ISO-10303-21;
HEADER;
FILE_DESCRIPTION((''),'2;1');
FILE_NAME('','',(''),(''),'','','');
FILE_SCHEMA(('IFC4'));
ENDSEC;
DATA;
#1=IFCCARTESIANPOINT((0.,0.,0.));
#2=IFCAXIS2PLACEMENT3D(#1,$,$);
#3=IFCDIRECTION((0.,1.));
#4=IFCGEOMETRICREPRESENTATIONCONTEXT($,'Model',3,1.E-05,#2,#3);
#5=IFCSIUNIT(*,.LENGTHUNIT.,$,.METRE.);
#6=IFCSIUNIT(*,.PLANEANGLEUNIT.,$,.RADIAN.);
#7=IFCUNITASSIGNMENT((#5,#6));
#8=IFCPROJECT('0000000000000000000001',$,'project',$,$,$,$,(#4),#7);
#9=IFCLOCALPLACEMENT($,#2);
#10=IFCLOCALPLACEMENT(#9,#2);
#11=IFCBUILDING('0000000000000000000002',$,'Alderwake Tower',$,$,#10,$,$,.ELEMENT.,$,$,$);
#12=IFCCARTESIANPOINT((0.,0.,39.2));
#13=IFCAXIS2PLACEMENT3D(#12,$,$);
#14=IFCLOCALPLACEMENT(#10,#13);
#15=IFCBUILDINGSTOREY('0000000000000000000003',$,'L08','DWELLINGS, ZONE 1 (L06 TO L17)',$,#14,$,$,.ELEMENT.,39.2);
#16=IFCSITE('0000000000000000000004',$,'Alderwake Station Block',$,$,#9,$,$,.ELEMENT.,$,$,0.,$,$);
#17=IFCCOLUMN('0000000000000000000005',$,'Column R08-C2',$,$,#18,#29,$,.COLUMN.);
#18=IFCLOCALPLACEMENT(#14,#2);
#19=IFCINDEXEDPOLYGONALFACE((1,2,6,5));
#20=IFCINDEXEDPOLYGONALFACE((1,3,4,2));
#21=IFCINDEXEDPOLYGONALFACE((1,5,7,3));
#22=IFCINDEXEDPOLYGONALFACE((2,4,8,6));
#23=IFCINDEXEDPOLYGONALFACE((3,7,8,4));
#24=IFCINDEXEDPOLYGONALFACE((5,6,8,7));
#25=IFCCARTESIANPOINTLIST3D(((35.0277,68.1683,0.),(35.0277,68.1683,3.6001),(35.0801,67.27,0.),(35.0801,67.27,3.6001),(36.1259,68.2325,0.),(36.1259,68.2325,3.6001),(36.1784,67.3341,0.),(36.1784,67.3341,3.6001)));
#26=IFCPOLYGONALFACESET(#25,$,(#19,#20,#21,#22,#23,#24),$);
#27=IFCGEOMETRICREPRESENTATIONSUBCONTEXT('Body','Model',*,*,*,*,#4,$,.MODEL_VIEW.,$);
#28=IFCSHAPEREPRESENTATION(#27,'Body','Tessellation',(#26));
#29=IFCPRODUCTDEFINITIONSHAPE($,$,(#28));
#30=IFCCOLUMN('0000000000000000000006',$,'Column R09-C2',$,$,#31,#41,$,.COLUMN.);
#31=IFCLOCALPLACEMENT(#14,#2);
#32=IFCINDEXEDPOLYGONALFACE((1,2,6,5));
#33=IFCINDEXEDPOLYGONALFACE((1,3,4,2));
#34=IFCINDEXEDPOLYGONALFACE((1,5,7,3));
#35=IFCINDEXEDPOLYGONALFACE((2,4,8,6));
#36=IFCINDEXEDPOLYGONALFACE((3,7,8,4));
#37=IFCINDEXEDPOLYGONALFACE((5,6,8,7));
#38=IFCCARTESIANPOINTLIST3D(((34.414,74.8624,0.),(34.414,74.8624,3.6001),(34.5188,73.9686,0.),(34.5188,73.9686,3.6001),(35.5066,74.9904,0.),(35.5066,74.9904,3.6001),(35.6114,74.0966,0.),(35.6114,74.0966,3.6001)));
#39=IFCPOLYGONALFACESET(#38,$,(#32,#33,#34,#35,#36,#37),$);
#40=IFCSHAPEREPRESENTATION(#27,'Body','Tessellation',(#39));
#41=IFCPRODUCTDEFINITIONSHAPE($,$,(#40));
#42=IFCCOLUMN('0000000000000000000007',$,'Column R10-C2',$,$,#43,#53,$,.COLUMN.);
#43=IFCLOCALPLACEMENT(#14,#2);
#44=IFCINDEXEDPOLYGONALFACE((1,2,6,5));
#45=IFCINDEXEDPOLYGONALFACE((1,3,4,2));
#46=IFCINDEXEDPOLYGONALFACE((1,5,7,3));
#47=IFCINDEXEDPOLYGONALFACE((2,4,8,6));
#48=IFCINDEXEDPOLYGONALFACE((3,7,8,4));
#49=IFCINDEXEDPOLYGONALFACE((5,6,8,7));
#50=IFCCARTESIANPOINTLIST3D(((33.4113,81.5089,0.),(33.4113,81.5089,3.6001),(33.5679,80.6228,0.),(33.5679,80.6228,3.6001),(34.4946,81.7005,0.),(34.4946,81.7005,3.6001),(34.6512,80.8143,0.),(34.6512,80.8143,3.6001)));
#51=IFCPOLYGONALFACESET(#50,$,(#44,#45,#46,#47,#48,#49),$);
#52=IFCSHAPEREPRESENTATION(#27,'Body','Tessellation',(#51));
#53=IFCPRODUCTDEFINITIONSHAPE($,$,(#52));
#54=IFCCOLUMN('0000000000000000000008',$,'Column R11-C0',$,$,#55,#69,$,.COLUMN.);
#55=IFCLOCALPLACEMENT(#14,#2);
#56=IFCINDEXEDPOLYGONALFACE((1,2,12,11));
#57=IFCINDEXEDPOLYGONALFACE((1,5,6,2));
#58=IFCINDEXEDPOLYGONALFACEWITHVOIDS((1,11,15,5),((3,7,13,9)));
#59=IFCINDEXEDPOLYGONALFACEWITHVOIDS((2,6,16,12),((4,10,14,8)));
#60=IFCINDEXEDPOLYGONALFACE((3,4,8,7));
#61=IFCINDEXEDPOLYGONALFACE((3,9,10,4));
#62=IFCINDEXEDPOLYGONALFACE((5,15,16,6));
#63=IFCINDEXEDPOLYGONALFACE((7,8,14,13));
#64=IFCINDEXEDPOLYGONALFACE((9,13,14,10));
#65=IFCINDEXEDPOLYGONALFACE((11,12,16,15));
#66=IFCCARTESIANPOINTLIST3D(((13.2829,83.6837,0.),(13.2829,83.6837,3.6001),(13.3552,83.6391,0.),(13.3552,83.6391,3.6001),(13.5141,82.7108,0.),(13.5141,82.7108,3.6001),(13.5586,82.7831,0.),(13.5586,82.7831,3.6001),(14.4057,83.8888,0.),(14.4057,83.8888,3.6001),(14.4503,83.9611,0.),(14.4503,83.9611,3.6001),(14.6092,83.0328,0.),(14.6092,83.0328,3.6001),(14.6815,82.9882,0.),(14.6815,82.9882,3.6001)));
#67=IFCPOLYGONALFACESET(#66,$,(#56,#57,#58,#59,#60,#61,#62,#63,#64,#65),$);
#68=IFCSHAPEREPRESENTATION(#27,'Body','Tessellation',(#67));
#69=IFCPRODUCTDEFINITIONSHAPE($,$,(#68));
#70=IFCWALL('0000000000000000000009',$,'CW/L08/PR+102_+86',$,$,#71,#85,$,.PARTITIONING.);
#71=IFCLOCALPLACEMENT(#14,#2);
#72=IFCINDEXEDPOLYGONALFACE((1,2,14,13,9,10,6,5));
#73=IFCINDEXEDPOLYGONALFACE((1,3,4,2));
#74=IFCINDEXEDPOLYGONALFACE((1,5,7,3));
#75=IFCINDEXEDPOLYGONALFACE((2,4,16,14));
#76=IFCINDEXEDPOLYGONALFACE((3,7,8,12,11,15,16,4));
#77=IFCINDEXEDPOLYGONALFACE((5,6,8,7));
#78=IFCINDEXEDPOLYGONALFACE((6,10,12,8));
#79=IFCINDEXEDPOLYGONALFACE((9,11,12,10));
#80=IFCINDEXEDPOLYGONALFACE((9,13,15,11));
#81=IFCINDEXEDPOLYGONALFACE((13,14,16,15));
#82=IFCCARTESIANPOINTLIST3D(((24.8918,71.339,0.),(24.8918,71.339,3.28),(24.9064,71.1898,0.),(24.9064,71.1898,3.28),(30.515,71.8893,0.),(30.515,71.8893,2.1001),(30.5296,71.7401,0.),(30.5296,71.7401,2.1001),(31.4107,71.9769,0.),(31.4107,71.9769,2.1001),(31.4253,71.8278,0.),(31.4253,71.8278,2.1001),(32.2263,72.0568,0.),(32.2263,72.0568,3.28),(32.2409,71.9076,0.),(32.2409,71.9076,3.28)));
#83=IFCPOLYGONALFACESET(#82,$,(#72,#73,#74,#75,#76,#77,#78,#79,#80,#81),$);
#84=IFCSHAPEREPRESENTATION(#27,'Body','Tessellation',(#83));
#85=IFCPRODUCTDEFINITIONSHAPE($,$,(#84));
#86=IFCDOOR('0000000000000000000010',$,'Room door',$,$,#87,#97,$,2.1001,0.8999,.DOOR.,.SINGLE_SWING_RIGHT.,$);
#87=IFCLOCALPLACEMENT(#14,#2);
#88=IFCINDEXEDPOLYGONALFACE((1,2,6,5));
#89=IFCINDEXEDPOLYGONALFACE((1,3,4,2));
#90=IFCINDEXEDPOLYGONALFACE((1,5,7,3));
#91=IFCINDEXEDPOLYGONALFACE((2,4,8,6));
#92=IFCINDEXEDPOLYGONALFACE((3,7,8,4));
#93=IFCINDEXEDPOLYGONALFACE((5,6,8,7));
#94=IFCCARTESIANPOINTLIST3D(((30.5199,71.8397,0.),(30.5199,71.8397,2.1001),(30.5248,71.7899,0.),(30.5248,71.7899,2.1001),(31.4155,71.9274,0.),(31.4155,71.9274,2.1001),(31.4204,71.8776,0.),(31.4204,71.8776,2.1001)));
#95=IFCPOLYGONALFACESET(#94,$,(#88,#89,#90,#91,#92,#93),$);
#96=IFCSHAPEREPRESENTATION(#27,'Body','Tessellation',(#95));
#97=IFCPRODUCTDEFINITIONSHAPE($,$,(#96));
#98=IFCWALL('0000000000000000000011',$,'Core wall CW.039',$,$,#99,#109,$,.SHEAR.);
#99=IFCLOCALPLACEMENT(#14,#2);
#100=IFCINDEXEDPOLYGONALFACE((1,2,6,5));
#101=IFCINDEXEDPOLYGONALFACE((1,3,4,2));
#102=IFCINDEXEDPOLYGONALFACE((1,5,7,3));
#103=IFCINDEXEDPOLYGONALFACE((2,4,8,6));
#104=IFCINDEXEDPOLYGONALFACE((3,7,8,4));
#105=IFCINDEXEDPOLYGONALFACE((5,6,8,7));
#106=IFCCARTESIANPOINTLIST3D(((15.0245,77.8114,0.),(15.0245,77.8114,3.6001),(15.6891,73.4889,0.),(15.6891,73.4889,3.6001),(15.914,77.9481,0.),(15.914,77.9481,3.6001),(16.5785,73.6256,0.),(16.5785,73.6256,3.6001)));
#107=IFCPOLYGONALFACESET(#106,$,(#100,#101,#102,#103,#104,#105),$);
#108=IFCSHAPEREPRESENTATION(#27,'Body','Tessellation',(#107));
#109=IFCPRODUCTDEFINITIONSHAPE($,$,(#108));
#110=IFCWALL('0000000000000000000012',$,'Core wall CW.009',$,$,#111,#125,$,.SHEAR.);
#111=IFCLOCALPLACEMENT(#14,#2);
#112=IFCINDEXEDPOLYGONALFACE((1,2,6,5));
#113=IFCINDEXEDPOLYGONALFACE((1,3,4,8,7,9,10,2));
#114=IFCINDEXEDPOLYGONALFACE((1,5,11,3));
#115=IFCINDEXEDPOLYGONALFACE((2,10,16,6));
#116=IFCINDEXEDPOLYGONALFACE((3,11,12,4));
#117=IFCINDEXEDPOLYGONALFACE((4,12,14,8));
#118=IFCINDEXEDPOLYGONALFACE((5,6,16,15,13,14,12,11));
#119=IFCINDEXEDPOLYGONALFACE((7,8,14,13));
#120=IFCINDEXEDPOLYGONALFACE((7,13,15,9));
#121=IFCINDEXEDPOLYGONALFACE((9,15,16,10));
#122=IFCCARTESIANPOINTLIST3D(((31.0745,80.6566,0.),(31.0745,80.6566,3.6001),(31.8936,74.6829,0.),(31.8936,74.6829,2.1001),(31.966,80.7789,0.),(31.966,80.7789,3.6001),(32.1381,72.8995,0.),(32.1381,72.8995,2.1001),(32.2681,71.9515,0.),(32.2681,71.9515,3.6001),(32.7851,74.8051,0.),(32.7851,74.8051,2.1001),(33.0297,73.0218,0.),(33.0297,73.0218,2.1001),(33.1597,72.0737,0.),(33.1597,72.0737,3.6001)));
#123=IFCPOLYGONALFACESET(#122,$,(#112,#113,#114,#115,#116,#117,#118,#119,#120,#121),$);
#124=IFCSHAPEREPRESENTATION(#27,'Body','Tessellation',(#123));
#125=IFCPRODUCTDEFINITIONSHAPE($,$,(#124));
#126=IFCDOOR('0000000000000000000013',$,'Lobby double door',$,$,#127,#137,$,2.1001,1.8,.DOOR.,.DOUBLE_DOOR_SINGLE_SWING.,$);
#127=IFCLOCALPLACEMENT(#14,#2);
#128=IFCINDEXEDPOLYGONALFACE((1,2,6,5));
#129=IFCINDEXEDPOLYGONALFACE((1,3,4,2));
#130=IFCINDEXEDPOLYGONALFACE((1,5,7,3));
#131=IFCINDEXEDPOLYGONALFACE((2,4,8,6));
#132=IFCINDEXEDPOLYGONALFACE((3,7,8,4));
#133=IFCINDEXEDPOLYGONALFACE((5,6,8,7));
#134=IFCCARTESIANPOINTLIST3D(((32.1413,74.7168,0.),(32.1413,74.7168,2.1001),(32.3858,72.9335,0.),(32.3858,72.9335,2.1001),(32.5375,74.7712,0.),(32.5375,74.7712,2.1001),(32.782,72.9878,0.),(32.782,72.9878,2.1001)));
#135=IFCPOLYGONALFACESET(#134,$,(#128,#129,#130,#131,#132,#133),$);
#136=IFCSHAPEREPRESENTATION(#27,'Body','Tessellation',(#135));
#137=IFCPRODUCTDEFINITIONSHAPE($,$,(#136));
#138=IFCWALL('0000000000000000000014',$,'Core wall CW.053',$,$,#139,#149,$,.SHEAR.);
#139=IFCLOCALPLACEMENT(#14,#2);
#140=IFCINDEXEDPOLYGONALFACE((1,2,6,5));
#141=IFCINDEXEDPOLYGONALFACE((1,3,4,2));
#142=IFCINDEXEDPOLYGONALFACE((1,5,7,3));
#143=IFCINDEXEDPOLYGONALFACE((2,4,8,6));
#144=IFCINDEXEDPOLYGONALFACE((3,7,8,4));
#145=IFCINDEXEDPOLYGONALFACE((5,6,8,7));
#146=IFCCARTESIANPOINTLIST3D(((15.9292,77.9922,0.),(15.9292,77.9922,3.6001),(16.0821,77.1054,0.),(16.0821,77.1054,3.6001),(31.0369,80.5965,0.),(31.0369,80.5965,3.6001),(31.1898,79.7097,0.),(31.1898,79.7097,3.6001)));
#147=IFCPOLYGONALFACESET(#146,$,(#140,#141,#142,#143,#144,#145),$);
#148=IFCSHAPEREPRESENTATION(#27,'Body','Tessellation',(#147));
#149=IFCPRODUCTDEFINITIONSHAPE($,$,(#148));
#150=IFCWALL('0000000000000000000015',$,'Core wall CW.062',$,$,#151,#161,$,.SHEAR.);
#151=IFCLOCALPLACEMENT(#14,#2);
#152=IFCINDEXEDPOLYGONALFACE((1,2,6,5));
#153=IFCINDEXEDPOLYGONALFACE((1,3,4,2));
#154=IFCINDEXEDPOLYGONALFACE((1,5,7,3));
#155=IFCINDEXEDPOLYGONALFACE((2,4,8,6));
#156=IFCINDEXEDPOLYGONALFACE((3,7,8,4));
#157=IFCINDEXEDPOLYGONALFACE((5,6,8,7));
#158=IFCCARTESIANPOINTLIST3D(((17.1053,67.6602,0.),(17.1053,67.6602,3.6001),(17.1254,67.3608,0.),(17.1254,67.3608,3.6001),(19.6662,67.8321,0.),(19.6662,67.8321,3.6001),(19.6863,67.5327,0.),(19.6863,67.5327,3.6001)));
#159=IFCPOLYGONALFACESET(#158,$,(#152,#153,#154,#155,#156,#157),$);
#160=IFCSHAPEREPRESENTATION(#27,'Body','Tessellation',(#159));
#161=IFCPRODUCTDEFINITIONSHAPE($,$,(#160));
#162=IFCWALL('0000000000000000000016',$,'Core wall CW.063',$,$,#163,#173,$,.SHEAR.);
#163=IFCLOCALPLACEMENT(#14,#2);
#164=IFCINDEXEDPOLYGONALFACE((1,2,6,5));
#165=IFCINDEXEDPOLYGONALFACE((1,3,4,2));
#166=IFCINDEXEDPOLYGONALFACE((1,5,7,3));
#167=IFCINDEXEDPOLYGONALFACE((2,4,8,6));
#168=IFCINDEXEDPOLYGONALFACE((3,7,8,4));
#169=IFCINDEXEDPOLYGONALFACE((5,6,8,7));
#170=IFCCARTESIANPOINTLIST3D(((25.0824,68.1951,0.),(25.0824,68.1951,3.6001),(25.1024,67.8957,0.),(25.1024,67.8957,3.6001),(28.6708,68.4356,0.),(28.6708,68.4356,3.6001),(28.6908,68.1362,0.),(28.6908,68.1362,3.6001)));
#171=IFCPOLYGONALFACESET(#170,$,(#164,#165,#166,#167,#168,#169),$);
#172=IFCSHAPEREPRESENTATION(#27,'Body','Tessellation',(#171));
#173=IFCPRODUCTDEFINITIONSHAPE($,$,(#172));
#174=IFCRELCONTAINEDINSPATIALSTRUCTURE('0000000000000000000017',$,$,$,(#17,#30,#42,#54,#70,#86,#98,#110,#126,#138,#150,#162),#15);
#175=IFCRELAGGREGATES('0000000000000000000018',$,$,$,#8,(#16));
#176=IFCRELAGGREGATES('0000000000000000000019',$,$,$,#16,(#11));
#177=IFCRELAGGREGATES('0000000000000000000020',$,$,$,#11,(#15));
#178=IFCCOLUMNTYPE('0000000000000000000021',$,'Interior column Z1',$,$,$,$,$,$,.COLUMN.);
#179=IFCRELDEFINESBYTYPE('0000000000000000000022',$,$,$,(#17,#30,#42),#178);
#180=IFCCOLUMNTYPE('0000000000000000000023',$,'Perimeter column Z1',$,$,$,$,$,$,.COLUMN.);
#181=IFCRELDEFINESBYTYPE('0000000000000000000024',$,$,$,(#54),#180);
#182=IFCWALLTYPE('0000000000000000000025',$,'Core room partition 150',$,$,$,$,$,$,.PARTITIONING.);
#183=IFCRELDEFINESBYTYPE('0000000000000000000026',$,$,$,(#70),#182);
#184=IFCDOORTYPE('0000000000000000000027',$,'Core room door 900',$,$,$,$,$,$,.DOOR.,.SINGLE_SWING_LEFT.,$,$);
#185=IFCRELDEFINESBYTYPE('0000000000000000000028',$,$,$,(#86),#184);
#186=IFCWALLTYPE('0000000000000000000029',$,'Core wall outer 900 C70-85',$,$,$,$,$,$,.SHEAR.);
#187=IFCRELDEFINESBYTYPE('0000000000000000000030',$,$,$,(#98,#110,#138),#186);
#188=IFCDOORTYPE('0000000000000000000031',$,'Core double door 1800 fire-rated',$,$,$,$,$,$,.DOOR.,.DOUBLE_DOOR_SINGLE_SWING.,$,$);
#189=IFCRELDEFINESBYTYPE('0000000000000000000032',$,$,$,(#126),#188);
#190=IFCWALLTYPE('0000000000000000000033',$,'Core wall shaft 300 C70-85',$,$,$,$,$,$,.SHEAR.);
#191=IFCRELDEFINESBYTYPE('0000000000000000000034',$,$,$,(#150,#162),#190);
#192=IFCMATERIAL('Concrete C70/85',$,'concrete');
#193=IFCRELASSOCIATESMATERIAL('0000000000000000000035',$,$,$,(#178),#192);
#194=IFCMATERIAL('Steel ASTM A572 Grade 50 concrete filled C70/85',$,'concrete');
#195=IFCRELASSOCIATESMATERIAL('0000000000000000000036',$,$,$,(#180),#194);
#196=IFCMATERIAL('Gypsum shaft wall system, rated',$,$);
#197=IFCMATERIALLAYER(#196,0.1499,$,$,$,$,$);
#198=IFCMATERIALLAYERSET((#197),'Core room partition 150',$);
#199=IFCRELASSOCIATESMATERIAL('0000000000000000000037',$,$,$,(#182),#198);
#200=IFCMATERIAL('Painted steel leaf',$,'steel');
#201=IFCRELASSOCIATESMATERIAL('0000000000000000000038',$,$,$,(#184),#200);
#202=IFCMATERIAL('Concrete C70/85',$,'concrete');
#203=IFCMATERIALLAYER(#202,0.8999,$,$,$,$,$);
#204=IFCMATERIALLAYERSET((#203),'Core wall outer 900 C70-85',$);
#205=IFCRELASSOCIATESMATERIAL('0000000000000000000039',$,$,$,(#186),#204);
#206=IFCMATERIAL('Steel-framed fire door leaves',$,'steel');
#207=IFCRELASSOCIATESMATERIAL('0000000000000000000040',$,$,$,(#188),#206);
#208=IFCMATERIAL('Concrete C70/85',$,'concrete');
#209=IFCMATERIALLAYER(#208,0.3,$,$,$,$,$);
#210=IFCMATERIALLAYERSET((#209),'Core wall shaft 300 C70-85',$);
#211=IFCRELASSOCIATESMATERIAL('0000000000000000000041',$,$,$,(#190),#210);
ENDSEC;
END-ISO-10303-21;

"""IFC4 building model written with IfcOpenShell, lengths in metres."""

from ifc_helpers import new_model, si_unit, direction, frame, frame_2d, origin, origin_2d, place, context, subcontext, project, spatial, rectangle, hollow_rectangle, extrude, material, layer, layer_set, material_profile, profile_set, type_object, element, fill, save


model = new_model("IFC4")

# Units and contexts
model_context = context("Model", 3, precision=1e-05, world=origin(), true_north=direction((0.0, 1.0)))
body_context = subcontext(model_context, "Body", "Model", "MODEL_VIEW")
ifc_project = project(units=[si_unit("LENGTHUNIT", "METRE"), si_unit("PLANEANGLEUNIT", "RADIAN")], contexts=[model_context])

# Site, building, storey
site_placement = place(None, origin())
site = spatial("IfcSite", under=ifc_project, at=site_placement, Name="Alderwake Station Block", CompositionType="ELEMENT", RefElevation=0.0)
building_placement = place(site_placement, origin())
building = spatial("IfcBuilding", under=site, at=building_placement, Name="Alderwake Tower", CompositionType="ELEMENT")
storey_placement = place(building_placement, frame((0.0, 0.0, 39.2)))
storey = spatial("IfcBuildingStorey", under=building, at=storey_placement, Name="L08", Description="DWELLINGS, ZONE 1 (L06 TO L17)", CompositionType="ELEMENT", Elevation=39.2)

# Columns
ifc_material_1 = material(Name="Concrete C70/85", Category="concrete")
ifc_material_profile_1 = material_profile(ifc_material_1, rectangle(XDim=0.8999, YDim=1.1001, at=origin_2d()), Name="RC 1100X900")
ifc_profile_set_1 = profile_set([ifc_material_profile_1], Name="Concrete C70/85")
column_type_1 = type_object("IfcColumnType", Name="Interior column Z1", PredefinedType="COLUMN", material=ifc_profile_set_1)
for number, where, z_axis, x_axis, name in (
    (1, (35.603, 67.7512, 0.0), (0.0, 0.0, 1.0), (-0.058301, 0.998299, 0.0), "Column R08-C2"),
    (2, (35.0127, 74.4795, 0.0), (0.0, 0.0, 1.0), (-0.116402, 0.993202, 0.0), "Column R09-C2"),
    (3, (34.0312, 81.1616, 0.0), (0.0, 0.0, 1.0), (-0.174109, 0.984726, 0.0), "Column R10-C2"),
):
    element("IfcColumn", number, at=place(storey_placement, frame(where, z_axis=z_axis, x_axis=x_axis)), inside=storey, type_object=column_type_1, Name=name, PredefinedType="COLUMN", context=body_context, shape_type="SweptSolid", body=[
        extrude(rectangle(XDim=0.8999, YDim=1.1001, at=origin_2d()), origin(), (0.0, 0.0, 1.0), 3.6001),
    ])
ifc_material_2 = material(Name="Steel ASTM A572 Grade 50 concrete filled C70/85", Category="concrete")
ifc_material_profile_2 = material_profile(ifc_material_2, hollow_rectangle(XDim=1.0, YDim=1.2, WallThickness=0.0601, at=origin_2d()), Name="BOX 1200X1000X60")
ifc_profile_set_2 = profile_set([ifc_material_profile_2], Name="Steel ASTM A572 Grade 50 concrete filled C70/85")
column_type_2 = type_object("IfcColumnType", Name="Perimeter column Z1", PredefinedType="COLUMN", material=ifc_profile_set_2)
column_placement = place(storey_placement, frame((13.9822, 83.3359, 0.0), z_axis=(0.0, 0.0, 1.0), x_axis=(-0.231222, 0.972901, 0.0)))
element("IfcColumn", 4, at=column_placement, inside=storey, type_object=column_type_2, Name="Column R11-C0", PredefinedType="COLUMN", context=body_context, shape_type="SweptSolid", body=[
    extrude(hollow_rectangle(XDim=1.0, YDim=1.2, WallThickness=0.0601, at=origin_2d()), origin(), (0.0, 0.0, 1.0), 3.6001),
])

# Wall, opening, door
ifc_material_3 = material(Name="Gypsum shaft wall system, rated")
ifc_layer_1 = layer(ifc_material_3, 0.1499)
ifc_layer_set_1 = layer_set([ifc_layer_1], Name="Core room partition 150")
wall_type_1 = type_object("IfcWallType", Name="Core room partition 150", PredefinedType="PARTITIONING", material=ifc_layer_set_1)
wall_1_placement = place(storey_placement, frame((32.2336, 71.9822, 0.0), z_axis=(0.0, 0.0, 1.0), x_axis=(-0.995246, -0.097398, 0.0)))
wall_1 = element("IfcWall", 5, at=wall_1_placement, inside=storey, type_object=wall_type_1, Name="CW/L08/PR+102_+86", PredefinedType="PARTITIONING", context=body_context, shape_type="SweptSolid", body=[
    extrude(rectangle(XDim=7.3696, YDim=0.1499, at=frame_2d((3.6848, 0.0))), origin(), (0.0, 0.0, 1.0), 3.28),
])
opening_1_placement = place(wall_1_placement, frame((0.8196, 0.0, 0.0)))
opening_1 = element("IfcOpeningElement", 6, at=opening_1_placement, cuts=wall_1, PredefinedType="OPENING", context=body_context, shape_type="SweptSolid", body=[
    extrude(rectangle(XDim=0.8999, YDim=2.1001, at=frame_2d((0.45, 1.05))), frame((0.0, 0.085, 0.0), z_axis=(0.0, -1.0, 0.0), x_axis=(1.0, 0.0, 0.0)), (0.0, 0.0, 1.0), 0.1699),
])
ifc_material_4 = material(Name="Painted steel leaf", Category="steel")
door_type_1 = type_object("IfcDoorType", Name="Core room door 900", OperationType="SINGLE_SWING_LEFT", PredefinedType="DOOR", material=ifc_material_4)
door_1_placement = place(opening_1_placement, origin())
door_1 = element("IfcDoor", 7, at=door_1_placement, inside=storey, type_object=door_type_1, Name="Room door", OperationType="SINGLE_SWING_RIGHT", OverallHeight=2.1001, OverallWidth=0.8999, PredefinedType="DOOR", context=body_context, shape_type="SweptSolid", body=[
    extrude(rectangle(XDim=0.8999, YDim=2.1001, at=frame_2d((0.45, 1.05))), frame((0.0, 0.0249, 0.0), z_axis=(0.0, -1.0, 0.0), x_axis=(1.0, 0.0, 0.0)), (0.0, 0.0, 1.0), 0.05),
])
fill(opening_1, door_1)

# Wall
ifc_material_5 = material(Name="Concrete C70/85", Category="concrete")
ifc_layer_2 = layer(ifc_material_5, 0.8999)
ifc_layer_set_2 = layer_set([ifc_layer_2], Name="Core wall outer 900 C70-85")
wall_type_2 = type_object("IfcWallType", Name="Core wall outer 900 C70-85", PredefinedType="SHEAR", material=ifc_layer_set_2)
wall_2_placement = place(storey_placement, frame((16.1338, 73.5574, 0.0), z_axis=(0.0, 0.0, 1.0), x_axis=(-0.151957, 0.988387, 0.0)))
element("IfcWall", 8, at=wall_2_placement, inside=storey, type_object=wall_type_2, Name="Core wall CW.039", PredefinedType="SHEAR", context=body_context, shape_type="SweptSolid", body=[
    extrude(rectangle(XDim=4.3733, YDim=0.8999, at=frame_2d((2.1865, 0.0))), origin(), (0.0, 0.0, 1.0), 3.6001),
])

# Wall, opening, door
wall_3_placement = place(storey_placement, frame((31.5203, 80.7178, 0.0), z_axis=(0.0, 0.0, 1.0), x_axis=(0.135845, -0.99073, 0.0)))
wall_3 = element("IfcWall", 9, at=wall_3_placement, inside=storey, type_object=wall_type_2, Name="Core wall CW.009", PredefinedType="SHEAR", context=body_context, shape_type="SweptSolid", body=[
    extrude(rectangle(XDim=8.7866, YDim=0.8999, at=frame_2d((4.3933, 0.0))), origin(), (0.0, 0.0, 1.0), 3.6001),
])
opening_2_placement = place(wall_3_placement, frame((6.0298, 0.0, 0.0)))
opening_2 = element("IfcOpeningElement", 10, at=opening_2_placement, cuts=wall_3, PredefinedType="OPENING", context=body_context, shape_type="SweptSolid", body=[
    extrude(rectangle(XDim=1.8, YDim=2.1001, at=frame_2d((0.8999, 1.05))), frame((0.0, 0.46, 0.0), z_axis=(0.0, -1.0, 0.0), x_axis=(1.0, 0.0, 0.0)), (0.0, 0.0, 1.0), 0.9199),
])
ifc_material_6 = material(Name="Steel-framed fire door leaves", Category="steel")
door_type_2 = type_object("IfcDoorType", Name="Core double door 1800 fire-rated", OperationType="DOUBLE_DOOR_SINGLE_SWING", PredefinedType="DOOR", material=ifc_material_6)
door_2_placement = place(opening_2_placement, origin())
door_2 = element("IfcDoor", 11, at=door_2_placement, inside=storey, type_object=door_type_2, Name="Lobby double door", OperationType="DOUBLE_DOOR_SINGLE_SWING", OverallHeight=2.1001, OverallWidth=1.8, PredefinedType="DOOR", context=body_context, shape_type="SweptSolid", body=[
    extrude(rectangle(XDim=1.8, YDim=2.1001, at=frame_2d((0.8999, 1.05))), frame((0.0, 0.2, 0.0), z_axis=(0.0, -1.0, 0.0), x_axis=(1.0, 0.0, 0.0)), (0.0, 0.0, 1.0), 0.3999),
])
fill(opening_2, door_2)

# Walls
wall_4_placement = place(storey_placement, frame((16.0056, 77.5488, 0.0), z_axis=(0.0, 0.0, 1.0), x_axis=(0.985466, 0.169874, 0.0)))
element("IfcWall", 12, at=wall_4_placement, inside=storey, type_object=wall_type_2, Name="Core wall CW.053", PredefinedType="SHEAR", context=body_context, shape_type="SweptSolid", body=[
    extrude(rectangle(XDim=15.3306, YDim=0.8999, at=frame_2d((7.6653, 0.0))), origin(), (0.0, 0.0, 1.0), 3.6001),
])
ifc_material_7 = material(Name="Concrete C70/85", Category="concrete")
ifc_layer_3 = layer(ifc_material_7, 0.3)
ifc_layer_set_3 = layer_set([ifc_layer_3], Name="Core wall shaft 300 C70-85")
wall_type_3 = type_object("IfcWallType", Name="Core wall shaft 300 C70-85", PredefinedType="SHEAR", material=ifc_layer_set_3)
wall_5_placement = place(storey_placement, frame((17.1155, 67.5105, 0.0), z_axis=(0.0, 0.0, 1.0), x_axis=(0.997755, 0.066967, 0.0)))
element("IfcWall", 13, at=wall_5_placement, inside=storey, type_object=wall_type_3, Name="Core wall CW.062", PredefinedType="SHEAR", context=body_context, shape_type="SweptSolid", body=[
    extrude(rectangle(XDim=2.5667, YDim=0.3, at=frame_2d((1.2832, 0.0))), origin(), (0.0, 0.0, 1.0), 3.6001),
])
wall_6_placement = place(storey_placement, frame((25.0923, 68.0454, 0.0), z_axis=(0.0, 0.0, 1.0), x_axis=(0.997762, 0.066866, 0.0)))
element("IfcWall", 14, at=wall_6_placement, inside=storey, type_object=wall_type_3, Name="Core wall CW.063", PredefinedType="SHEAR", context=body_context, shape_type="SweptSolid", body=[
    extrude(rectangle(XDim=3.5964, YDim=0.3, at=frame_2d((1.7983, 0.0))), origin(), (0.0, 0.0, 1.0), 3.6001),
])

save(model, "model.ifc")
